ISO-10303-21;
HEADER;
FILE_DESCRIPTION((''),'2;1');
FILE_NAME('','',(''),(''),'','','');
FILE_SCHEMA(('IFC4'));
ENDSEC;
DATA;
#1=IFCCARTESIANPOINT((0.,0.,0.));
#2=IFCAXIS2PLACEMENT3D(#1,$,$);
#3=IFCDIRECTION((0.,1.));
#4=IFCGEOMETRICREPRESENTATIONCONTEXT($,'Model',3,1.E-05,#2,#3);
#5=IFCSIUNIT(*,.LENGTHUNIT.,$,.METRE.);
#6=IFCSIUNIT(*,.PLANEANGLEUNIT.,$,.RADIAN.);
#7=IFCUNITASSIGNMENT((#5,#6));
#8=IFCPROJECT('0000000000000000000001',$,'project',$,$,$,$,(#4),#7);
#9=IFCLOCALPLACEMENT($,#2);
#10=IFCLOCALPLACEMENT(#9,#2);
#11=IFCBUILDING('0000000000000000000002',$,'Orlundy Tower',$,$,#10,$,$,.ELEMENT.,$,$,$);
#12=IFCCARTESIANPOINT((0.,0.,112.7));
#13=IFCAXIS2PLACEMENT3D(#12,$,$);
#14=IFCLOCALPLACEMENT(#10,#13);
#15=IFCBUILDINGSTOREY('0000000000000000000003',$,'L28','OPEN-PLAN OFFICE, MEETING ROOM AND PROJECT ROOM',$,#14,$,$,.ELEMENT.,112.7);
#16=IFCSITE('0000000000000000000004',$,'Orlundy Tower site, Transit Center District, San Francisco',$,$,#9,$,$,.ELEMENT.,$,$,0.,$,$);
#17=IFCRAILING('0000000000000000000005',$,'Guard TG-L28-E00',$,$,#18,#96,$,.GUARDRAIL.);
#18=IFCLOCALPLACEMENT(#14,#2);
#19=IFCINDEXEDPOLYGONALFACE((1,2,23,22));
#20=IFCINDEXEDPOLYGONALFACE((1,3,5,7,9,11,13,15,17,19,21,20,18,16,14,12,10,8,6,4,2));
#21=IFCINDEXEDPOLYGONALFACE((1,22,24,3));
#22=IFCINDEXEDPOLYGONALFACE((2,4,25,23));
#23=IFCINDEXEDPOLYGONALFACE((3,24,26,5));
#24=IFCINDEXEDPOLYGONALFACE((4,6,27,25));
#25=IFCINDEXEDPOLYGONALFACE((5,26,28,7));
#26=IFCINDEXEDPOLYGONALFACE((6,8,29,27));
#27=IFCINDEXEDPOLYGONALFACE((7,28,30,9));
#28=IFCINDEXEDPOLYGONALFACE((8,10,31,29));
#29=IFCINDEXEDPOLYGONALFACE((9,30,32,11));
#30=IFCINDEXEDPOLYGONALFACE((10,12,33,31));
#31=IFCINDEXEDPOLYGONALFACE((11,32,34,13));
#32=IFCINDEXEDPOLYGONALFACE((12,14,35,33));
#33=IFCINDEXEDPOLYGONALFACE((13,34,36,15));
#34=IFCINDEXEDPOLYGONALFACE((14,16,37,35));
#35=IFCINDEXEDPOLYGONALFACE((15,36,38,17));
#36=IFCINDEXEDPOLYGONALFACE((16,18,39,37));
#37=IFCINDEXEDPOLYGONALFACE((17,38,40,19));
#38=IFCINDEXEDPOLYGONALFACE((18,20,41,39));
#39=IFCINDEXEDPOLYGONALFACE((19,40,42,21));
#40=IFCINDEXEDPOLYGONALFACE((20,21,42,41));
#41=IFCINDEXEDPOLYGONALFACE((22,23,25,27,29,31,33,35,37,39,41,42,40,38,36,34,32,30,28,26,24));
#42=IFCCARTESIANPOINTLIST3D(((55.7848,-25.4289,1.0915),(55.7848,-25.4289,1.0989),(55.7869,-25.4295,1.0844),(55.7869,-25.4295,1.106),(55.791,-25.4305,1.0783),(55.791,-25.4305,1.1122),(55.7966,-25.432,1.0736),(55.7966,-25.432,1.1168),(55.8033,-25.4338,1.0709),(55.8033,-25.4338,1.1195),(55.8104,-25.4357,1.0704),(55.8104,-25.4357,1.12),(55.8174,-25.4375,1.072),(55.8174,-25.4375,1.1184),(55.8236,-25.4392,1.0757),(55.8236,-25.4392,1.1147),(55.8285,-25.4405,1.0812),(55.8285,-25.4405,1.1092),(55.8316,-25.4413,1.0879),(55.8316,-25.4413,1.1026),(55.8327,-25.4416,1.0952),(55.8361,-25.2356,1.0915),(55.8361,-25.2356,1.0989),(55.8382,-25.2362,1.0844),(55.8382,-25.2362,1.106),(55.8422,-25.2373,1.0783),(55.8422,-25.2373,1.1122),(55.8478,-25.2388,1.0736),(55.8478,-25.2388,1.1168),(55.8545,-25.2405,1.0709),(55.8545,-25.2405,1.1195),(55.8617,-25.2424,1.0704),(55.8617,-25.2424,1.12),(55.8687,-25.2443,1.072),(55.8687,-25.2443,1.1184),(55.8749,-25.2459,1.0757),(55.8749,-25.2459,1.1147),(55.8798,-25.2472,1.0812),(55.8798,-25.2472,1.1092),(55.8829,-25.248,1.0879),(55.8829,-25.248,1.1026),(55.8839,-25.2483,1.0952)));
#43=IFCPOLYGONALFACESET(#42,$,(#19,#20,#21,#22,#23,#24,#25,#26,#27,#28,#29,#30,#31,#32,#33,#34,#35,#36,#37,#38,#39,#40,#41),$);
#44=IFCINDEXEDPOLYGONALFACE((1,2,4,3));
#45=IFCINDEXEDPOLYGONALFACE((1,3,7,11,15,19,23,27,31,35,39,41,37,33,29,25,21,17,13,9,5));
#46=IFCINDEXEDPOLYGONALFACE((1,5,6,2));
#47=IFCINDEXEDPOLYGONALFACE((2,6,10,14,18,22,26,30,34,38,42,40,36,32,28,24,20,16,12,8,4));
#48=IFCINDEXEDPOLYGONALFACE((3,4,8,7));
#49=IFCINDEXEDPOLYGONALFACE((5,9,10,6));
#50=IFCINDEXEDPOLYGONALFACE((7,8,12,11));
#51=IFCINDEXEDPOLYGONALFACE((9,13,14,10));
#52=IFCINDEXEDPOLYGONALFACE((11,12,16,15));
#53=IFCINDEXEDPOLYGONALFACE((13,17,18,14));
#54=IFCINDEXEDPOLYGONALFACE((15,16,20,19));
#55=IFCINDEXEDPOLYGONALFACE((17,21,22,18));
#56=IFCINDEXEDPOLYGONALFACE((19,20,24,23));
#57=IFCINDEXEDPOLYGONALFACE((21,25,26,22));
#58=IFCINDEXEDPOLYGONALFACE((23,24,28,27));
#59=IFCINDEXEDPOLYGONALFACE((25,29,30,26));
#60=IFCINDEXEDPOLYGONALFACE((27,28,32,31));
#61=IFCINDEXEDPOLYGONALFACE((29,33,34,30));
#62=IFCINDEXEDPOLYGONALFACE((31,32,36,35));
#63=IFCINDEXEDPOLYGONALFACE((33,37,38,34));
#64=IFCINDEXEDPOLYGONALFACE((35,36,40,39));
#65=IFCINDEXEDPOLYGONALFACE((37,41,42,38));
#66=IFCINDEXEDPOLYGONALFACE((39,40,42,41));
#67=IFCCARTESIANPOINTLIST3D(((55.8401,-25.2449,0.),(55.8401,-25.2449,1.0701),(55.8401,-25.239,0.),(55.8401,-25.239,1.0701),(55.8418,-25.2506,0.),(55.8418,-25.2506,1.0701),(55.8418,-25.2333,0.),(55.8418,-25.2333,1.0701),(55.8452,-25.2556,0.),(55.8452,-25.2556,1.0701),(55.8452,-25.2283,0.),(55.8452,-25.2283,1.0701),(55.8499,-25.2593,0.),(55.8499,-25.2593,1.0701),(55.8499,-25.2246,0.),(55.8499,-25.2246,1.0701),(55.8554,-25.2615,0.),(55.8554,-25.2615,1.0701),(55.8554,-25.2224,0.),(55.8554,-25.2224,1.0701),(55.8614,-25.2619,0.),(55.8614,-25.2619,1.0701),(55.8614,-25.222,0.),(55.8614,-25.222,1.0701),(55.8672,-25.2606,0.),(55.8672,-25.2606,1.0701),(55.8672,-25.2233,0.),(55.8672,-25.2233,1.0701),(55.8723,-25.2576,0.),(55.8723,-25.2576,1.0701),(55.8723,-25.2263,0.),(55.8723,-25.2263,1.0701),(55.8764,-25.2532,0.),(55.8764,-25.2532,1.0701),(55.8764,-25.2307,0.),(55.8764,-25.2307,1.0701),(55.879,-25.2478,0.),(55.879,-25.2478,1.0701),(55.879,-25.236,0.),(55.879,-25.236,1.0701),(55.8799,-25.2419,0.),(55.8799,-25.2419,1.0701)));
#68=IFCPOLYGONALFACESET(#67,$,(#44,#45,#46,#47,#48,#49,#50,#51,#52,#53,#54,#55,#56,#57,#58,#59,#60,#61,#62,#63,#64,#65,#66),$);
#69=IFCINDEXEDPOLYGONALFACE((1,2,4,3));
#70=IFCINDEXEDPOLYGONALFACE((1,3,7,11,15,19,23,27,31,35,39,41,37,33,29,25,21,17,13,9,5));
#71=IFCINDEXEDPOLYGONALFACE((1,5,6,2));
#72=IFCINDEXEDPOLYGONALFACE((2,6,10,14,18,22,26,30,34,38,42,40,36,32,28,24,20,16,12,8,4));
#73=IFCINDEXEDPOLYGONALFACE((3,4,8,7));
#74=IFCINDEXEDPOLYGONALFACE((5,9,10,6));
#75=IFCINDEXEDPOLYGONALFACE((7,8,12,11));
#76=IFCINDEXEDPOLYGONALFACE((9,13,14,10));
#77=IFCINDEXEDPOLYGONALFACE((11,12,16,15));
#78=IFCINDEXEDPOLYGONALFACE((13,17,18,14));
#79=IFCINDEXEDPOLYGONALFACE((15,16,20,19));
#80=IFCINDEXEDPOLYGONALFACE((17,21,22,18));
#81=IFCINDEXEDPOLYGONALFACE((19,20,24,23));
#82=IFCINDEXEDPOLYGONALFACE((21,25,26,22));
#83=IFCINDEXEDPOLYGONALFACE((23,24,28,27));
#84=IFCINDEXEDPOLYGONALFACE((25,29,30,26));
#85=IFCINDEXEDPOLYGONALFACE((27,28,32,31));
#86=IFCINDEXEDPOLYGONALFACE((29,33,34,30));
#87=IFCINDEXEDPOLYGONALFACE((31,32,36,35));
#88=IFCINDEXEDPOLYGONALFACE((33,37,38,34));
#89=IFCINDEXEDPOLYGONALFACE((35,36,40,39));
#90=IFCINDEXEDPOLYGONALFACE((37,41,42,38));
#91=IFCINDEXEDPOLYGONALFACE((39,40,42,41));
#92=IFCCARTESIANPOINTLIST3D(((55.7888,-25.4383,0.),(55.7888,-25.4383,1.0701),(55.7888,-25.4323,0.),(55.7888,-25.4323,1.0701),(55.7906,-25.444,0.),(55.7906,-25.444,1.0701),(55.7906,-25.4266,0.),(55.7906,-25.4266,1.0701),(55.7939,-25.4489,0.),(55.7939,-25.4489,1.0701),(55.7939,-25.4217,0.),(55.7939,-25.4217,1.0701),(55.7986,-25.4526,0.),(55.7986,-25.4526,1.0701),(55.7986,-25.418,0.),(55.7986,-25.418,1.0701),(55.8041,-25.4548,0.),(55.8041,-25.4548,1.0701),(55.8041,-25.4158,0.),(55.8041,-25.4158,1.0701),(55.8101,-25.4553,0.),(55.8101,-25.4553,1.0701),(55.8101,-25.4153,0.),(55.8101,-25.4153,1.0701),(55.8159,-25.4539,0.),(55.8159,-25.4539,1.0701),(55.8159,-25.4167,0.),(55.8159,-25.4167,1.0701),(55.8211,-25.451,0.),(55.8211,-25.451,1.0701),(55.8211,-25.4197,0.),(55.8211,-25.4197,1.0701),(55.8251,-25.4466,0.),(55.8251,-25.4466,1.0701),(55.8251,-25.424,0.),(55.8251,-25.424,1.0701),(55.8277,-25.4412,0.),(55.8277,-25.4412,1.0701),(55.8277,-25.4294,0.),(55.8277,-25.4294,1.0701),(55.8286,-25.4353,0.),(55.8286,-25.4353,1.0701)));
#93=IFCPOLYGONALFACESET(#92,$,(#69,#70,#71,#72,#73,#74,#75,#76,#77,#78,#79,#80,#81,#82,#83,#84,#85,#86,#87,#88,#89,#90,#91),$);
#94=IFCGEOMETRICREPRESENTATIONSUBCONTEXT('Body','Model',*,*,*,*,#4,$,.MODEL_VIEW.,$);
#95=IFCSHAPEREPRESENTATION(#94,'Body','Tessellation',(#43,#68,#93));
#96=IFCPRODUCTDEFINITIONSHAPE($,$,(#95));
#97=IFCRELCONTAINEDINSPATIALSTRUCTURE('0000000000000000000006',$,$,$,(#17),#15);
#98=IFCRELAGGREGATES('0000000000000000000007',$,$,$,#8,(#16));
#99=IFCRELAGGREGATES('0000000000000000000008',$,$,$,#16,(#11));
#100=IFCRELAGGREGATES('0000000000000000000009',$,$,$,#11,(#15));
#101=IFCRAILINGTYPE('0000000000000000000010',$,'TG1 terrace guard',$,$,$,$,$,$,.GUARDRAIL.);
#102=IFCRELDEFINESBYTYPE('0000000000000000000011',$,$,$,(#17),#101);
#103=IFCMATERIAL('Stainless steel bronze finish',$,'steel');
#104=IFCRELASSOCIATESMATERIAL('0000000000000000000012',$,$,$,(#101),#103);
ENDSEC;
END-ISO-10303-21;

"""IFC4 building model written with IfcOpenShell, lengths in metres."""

from ifc_helpers import new_model, si_unit, direction, frame, origin, origin_2d, place, context, subcontext, project, spatial, circle, extrude, material, type_object, element, save


model = new_model("IFC4")

# Units and contexts
model_context = context("Model", 3, precision=1e-05, world=origin(), true_north=direction((0.0, 1.0)))
body_context = subcontext(model_context, "Body", "Model", "MODEL_VIEW")
ifc_project = project(units=[si_unit("LENGTHUNIT", "METRE"), si_unit("PLANEANGLEUNIT", "RADIAN")], contexts=[model_context])

# Site, building, storey
site_placement = place(None, origin())
site = spatial("IfcSite", under=ifc_project, at=site_placement, Name="Orlundy Tower site, Transit Center District, San Francisco", CompositionType="ELEMENT", RefElevation=0.0)
building_placement = place(site_placement, origin())
building = spatial("IfcBuilding", under=site, at=building_placement, Name="Orlundy Tower", CompositionType="ELEMENT")
storey_placement = place(building_placement, frame((0.0, 0.0, 112.7)))
storey = spatial("IfcBuildingStorey", under=building, at=storey_placement, Name="L28", Description="OPEN-PLAN OFFICE, MEETING ROOM AND PROJECT ROOM", CompositionType="ELEMENT", Elevation=112.7)

# Railing
ifc_material_1 = material(Name="Stainless steel bronze finish", Category="steel")
railing_type = type_object("IfcRailingType", Name="TG1 terrace guard", PredefinedType="GUARDRAIL", material=ifc_material_1)
railing_placement = place(storey_placement, frame((55.8599, -25.2419, 0.0)))
element("IfcRailing", 1, at=railing_placement, inside=storey, type_object=railing_type, Name="Guard TG-L28-E00", PredefinedType="GUARDRAIL", context=body_context, shape_type="SweptSolid", body=[
    extrude(circle(Radius=0.0249, at=origin_2d()), frame((0.0, 0.0, 1.0952), z_axis=(-0.256295, -0.966599, 0.0), x_axis=(0.966599, -0.256295, 0.0)), (0.0, 0.0, 1.0), 0.2),
    extrude(circle(Radius=0.02, at=origin_2d()), origin(), (0.0, 0.0, 1.0), 1.0701),
    extrude(circle(Radius=0.02, at=origin_2d()), frame((-0.0513, -0.1934, 0.0)), (0.0, 0.0, 1.0), 1.0701),
])

save(model, "model.ifc")
